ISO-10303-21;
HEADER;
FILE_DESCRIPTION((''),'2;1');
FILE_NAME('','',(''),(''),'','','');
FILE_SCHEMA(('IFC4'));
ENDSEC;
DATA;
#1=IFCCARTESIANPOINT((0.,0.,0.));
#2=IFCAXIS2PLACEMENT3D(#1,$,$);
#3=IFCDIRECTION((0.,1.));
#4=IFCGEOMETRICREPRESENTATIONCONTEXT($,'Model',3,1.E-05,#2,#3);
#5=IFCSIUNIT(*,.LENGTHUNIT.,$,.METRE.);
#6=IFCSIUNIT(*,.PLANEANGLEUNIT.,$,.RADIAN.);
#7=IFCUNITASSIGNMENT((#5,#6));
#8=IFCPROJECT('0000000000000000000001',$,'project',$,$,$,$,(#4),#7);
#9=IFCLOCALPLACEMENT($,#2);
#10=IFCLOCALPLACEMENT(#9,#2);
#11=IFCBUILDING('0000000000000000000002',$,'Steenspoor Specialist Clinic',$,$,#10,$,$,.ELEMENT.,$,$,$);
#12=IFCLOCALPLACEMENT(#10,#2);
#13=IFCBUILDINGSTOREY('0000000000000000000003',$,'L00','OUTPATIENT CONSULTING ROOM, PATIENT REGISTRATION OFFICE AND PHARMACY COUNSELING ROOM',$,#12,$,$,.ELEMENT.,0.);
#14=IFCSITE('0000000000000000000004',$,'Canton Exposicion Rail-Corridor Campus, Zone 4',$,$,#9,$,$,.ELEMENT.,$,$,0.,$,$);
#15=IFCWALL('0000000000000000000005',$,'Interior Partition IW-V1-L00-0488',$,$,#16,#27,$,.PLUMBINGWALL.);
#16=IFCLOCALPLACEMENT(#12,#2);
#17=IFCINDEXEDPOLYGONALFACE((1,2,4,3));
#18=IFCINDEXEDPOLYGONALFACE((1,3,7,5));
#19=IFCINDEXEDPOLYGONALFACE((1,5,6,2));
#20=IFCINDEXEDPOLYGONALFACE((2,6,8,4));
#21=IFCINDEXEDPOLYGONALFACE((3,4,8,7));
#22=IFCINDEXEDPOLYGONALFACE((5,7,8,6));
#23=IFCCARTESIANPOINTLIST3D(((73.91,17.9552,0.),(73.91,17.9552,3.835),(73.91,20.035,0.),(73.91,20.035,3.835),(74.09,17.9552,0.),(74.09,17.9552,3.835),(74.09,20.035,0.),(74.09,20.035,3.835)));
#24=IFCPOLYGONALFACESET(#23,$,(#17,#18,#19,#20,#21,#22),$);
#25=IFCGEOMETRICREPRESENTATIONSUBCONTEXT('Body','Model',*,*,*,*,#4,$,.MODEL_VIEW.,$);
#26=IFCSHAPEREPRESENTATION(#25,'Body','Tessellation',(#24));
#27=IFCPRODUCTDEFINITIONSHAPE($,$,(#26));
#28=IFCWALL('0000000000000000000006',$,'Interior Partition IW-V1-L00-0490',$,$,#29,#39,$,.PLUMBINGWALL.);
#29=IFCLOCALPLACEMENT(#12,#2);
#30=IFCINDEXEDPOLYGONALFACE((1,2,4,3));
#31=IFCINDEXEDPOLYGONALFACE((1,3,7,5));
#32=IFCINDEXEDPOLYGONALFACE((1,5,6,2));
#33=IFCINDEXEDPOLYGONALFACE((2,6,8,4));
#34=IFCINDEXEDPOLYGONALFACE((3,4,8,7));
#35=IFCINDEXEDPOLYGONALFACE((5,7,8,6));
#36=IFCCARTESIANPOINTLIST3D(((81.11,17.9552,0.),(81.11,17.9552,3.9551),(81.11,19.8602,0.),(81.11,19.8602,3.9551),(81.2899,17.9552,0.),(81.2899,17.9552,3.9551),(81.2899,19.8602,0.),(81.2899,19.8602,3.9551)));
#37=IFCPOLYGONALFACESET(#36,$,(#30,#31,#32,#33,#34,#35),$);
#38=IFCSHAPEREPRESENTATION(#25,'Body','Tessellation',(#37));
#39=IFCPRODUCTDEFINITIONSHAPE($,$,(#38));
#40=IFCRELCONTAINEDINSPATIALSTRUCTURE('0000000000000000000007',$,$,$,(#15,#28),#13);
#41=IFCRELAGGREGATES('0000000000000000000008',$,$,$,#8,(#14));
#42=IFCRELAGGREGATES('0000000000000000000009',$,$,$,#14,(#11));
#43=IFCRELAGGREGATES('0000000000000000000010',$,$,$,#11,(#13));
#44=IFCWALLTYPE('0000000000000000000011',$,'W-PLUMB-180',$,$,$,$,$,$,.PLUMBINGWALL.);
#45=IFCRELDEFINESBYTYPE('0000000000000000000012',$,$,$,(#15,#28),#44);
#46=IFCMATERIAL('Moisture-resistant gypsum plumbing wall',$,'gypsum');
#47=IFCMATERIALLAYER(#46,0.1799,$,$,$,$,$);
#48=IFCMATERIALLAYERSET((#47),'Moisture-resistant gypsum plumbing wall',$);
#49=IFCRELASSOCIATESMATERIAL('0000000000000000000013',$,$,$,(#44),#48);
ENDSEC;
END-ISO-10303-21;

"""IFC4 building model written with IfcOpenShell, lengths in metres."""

from ifc_helpers import new_model, si_unit, direction, frame, frame_2d, origin, place, context, subcontext, project, spatial, rectangle, extrude, material, layer, layer_set, type_object, element, save


model = new_model("IFC4")

# Units and contexts
model_context = context("Model", 3, precision=1e-05, world=origin(), true_north=direction((0.0, 1.0)))
body_context = subcontext(model_context, "Body", "Model", "MODEL_VIEW")
ifc_project = project(units=[si_unit("LENGTHUNIT", "METRE"), si_unit("PLANEANGLEUNIT", "RADIAN")], contexts=[model_context])

# Site, building, storey
site_placement = place(None, origin())
site = spatial("IfcSite", under=ifc_project, at=site_placement, Name="Canton Exposicion Rail-Corridor Campus, Zone 4", CompositionType="ELEMENT", RefElevation=0.0)
building_placement = place(site_placement, origin())
building = spatial("IfcBuilding", under=site, at=building_placement, Name="Steenspoor Specialist Clinic", CompositionType="ELEMENT")
storey_placement = place(building_placement, origin())
storey = spatial("IfcBuildingStorey", under=building, at=storey_placement, Name="L00", Description="OUTPATIENT CONSULTING ROOM, PATIENT REGISTRATION OFFICE AND PHARMACY COUNSELING ROOM", CompositionType="ELEMENT", Elevation=0.0)

# Shared definitions
ifc_material_1 = material(Name="Moisture-resistant gypsum plumbing wall", Category="gypsum")
ifc_layer_1 = layer(ifc_material_1, 0.1799)
ifc_layer_set_1 = layer_set([ifc_layer_1], Name="Moisture-resistant gypsum plumbing wall")
wall_type_1 = type_object("IfcWallType", Name="W-PLUMB-180", PredefinedType="PLUMBINGWALL", material=ifc_layer_set_1)

# Walls
wall_1_placement = place(storey_placement, frame((74.0, 17.9551, 0.0), z_axis=(0.0, 0.0, 1.0), x_axis=(0.0, 1.0, 0.0)))
element("IfcWall", 1, at=wall_1_placement, inside=storey, type_object=wall_type_1, Name="Interior Partition IW-V1-L00-0488", PredefinedType="PLUMBINGWALL", context=body_context, shape_type="SweptSolid", body=[
    extrude(rectangle(XDim=2.0798, YDim=0.1799, at=frame_2d((1.04, 0.0))), origin(), (0.0, 0.0, 1.0), 3.835),
])
wall_2_placement = place(storey_placement, frame((81.2, 17.9551, 0.0), z_axis=(0.0, 0.0, 1.0), x_axis=(0.0, 1.0, 0.0)))
element("IfcWall", 2, at=wall_2_placement, inside=storey, type_object=wall_type_1, Name="Interior Partition IW-V1-L00-0490", PredefinedType="PLUMBINGWALL", context=body_context, shape_type="SweptSolid", body=[
    extrude(rectangle(XDim=1.905, YDim=0.1799, at=frame_2d((0.9526, 0.0))), origin(), (0.0, 0.0, 1.0), 3.9551),
])

save(model, "model.ifc")
